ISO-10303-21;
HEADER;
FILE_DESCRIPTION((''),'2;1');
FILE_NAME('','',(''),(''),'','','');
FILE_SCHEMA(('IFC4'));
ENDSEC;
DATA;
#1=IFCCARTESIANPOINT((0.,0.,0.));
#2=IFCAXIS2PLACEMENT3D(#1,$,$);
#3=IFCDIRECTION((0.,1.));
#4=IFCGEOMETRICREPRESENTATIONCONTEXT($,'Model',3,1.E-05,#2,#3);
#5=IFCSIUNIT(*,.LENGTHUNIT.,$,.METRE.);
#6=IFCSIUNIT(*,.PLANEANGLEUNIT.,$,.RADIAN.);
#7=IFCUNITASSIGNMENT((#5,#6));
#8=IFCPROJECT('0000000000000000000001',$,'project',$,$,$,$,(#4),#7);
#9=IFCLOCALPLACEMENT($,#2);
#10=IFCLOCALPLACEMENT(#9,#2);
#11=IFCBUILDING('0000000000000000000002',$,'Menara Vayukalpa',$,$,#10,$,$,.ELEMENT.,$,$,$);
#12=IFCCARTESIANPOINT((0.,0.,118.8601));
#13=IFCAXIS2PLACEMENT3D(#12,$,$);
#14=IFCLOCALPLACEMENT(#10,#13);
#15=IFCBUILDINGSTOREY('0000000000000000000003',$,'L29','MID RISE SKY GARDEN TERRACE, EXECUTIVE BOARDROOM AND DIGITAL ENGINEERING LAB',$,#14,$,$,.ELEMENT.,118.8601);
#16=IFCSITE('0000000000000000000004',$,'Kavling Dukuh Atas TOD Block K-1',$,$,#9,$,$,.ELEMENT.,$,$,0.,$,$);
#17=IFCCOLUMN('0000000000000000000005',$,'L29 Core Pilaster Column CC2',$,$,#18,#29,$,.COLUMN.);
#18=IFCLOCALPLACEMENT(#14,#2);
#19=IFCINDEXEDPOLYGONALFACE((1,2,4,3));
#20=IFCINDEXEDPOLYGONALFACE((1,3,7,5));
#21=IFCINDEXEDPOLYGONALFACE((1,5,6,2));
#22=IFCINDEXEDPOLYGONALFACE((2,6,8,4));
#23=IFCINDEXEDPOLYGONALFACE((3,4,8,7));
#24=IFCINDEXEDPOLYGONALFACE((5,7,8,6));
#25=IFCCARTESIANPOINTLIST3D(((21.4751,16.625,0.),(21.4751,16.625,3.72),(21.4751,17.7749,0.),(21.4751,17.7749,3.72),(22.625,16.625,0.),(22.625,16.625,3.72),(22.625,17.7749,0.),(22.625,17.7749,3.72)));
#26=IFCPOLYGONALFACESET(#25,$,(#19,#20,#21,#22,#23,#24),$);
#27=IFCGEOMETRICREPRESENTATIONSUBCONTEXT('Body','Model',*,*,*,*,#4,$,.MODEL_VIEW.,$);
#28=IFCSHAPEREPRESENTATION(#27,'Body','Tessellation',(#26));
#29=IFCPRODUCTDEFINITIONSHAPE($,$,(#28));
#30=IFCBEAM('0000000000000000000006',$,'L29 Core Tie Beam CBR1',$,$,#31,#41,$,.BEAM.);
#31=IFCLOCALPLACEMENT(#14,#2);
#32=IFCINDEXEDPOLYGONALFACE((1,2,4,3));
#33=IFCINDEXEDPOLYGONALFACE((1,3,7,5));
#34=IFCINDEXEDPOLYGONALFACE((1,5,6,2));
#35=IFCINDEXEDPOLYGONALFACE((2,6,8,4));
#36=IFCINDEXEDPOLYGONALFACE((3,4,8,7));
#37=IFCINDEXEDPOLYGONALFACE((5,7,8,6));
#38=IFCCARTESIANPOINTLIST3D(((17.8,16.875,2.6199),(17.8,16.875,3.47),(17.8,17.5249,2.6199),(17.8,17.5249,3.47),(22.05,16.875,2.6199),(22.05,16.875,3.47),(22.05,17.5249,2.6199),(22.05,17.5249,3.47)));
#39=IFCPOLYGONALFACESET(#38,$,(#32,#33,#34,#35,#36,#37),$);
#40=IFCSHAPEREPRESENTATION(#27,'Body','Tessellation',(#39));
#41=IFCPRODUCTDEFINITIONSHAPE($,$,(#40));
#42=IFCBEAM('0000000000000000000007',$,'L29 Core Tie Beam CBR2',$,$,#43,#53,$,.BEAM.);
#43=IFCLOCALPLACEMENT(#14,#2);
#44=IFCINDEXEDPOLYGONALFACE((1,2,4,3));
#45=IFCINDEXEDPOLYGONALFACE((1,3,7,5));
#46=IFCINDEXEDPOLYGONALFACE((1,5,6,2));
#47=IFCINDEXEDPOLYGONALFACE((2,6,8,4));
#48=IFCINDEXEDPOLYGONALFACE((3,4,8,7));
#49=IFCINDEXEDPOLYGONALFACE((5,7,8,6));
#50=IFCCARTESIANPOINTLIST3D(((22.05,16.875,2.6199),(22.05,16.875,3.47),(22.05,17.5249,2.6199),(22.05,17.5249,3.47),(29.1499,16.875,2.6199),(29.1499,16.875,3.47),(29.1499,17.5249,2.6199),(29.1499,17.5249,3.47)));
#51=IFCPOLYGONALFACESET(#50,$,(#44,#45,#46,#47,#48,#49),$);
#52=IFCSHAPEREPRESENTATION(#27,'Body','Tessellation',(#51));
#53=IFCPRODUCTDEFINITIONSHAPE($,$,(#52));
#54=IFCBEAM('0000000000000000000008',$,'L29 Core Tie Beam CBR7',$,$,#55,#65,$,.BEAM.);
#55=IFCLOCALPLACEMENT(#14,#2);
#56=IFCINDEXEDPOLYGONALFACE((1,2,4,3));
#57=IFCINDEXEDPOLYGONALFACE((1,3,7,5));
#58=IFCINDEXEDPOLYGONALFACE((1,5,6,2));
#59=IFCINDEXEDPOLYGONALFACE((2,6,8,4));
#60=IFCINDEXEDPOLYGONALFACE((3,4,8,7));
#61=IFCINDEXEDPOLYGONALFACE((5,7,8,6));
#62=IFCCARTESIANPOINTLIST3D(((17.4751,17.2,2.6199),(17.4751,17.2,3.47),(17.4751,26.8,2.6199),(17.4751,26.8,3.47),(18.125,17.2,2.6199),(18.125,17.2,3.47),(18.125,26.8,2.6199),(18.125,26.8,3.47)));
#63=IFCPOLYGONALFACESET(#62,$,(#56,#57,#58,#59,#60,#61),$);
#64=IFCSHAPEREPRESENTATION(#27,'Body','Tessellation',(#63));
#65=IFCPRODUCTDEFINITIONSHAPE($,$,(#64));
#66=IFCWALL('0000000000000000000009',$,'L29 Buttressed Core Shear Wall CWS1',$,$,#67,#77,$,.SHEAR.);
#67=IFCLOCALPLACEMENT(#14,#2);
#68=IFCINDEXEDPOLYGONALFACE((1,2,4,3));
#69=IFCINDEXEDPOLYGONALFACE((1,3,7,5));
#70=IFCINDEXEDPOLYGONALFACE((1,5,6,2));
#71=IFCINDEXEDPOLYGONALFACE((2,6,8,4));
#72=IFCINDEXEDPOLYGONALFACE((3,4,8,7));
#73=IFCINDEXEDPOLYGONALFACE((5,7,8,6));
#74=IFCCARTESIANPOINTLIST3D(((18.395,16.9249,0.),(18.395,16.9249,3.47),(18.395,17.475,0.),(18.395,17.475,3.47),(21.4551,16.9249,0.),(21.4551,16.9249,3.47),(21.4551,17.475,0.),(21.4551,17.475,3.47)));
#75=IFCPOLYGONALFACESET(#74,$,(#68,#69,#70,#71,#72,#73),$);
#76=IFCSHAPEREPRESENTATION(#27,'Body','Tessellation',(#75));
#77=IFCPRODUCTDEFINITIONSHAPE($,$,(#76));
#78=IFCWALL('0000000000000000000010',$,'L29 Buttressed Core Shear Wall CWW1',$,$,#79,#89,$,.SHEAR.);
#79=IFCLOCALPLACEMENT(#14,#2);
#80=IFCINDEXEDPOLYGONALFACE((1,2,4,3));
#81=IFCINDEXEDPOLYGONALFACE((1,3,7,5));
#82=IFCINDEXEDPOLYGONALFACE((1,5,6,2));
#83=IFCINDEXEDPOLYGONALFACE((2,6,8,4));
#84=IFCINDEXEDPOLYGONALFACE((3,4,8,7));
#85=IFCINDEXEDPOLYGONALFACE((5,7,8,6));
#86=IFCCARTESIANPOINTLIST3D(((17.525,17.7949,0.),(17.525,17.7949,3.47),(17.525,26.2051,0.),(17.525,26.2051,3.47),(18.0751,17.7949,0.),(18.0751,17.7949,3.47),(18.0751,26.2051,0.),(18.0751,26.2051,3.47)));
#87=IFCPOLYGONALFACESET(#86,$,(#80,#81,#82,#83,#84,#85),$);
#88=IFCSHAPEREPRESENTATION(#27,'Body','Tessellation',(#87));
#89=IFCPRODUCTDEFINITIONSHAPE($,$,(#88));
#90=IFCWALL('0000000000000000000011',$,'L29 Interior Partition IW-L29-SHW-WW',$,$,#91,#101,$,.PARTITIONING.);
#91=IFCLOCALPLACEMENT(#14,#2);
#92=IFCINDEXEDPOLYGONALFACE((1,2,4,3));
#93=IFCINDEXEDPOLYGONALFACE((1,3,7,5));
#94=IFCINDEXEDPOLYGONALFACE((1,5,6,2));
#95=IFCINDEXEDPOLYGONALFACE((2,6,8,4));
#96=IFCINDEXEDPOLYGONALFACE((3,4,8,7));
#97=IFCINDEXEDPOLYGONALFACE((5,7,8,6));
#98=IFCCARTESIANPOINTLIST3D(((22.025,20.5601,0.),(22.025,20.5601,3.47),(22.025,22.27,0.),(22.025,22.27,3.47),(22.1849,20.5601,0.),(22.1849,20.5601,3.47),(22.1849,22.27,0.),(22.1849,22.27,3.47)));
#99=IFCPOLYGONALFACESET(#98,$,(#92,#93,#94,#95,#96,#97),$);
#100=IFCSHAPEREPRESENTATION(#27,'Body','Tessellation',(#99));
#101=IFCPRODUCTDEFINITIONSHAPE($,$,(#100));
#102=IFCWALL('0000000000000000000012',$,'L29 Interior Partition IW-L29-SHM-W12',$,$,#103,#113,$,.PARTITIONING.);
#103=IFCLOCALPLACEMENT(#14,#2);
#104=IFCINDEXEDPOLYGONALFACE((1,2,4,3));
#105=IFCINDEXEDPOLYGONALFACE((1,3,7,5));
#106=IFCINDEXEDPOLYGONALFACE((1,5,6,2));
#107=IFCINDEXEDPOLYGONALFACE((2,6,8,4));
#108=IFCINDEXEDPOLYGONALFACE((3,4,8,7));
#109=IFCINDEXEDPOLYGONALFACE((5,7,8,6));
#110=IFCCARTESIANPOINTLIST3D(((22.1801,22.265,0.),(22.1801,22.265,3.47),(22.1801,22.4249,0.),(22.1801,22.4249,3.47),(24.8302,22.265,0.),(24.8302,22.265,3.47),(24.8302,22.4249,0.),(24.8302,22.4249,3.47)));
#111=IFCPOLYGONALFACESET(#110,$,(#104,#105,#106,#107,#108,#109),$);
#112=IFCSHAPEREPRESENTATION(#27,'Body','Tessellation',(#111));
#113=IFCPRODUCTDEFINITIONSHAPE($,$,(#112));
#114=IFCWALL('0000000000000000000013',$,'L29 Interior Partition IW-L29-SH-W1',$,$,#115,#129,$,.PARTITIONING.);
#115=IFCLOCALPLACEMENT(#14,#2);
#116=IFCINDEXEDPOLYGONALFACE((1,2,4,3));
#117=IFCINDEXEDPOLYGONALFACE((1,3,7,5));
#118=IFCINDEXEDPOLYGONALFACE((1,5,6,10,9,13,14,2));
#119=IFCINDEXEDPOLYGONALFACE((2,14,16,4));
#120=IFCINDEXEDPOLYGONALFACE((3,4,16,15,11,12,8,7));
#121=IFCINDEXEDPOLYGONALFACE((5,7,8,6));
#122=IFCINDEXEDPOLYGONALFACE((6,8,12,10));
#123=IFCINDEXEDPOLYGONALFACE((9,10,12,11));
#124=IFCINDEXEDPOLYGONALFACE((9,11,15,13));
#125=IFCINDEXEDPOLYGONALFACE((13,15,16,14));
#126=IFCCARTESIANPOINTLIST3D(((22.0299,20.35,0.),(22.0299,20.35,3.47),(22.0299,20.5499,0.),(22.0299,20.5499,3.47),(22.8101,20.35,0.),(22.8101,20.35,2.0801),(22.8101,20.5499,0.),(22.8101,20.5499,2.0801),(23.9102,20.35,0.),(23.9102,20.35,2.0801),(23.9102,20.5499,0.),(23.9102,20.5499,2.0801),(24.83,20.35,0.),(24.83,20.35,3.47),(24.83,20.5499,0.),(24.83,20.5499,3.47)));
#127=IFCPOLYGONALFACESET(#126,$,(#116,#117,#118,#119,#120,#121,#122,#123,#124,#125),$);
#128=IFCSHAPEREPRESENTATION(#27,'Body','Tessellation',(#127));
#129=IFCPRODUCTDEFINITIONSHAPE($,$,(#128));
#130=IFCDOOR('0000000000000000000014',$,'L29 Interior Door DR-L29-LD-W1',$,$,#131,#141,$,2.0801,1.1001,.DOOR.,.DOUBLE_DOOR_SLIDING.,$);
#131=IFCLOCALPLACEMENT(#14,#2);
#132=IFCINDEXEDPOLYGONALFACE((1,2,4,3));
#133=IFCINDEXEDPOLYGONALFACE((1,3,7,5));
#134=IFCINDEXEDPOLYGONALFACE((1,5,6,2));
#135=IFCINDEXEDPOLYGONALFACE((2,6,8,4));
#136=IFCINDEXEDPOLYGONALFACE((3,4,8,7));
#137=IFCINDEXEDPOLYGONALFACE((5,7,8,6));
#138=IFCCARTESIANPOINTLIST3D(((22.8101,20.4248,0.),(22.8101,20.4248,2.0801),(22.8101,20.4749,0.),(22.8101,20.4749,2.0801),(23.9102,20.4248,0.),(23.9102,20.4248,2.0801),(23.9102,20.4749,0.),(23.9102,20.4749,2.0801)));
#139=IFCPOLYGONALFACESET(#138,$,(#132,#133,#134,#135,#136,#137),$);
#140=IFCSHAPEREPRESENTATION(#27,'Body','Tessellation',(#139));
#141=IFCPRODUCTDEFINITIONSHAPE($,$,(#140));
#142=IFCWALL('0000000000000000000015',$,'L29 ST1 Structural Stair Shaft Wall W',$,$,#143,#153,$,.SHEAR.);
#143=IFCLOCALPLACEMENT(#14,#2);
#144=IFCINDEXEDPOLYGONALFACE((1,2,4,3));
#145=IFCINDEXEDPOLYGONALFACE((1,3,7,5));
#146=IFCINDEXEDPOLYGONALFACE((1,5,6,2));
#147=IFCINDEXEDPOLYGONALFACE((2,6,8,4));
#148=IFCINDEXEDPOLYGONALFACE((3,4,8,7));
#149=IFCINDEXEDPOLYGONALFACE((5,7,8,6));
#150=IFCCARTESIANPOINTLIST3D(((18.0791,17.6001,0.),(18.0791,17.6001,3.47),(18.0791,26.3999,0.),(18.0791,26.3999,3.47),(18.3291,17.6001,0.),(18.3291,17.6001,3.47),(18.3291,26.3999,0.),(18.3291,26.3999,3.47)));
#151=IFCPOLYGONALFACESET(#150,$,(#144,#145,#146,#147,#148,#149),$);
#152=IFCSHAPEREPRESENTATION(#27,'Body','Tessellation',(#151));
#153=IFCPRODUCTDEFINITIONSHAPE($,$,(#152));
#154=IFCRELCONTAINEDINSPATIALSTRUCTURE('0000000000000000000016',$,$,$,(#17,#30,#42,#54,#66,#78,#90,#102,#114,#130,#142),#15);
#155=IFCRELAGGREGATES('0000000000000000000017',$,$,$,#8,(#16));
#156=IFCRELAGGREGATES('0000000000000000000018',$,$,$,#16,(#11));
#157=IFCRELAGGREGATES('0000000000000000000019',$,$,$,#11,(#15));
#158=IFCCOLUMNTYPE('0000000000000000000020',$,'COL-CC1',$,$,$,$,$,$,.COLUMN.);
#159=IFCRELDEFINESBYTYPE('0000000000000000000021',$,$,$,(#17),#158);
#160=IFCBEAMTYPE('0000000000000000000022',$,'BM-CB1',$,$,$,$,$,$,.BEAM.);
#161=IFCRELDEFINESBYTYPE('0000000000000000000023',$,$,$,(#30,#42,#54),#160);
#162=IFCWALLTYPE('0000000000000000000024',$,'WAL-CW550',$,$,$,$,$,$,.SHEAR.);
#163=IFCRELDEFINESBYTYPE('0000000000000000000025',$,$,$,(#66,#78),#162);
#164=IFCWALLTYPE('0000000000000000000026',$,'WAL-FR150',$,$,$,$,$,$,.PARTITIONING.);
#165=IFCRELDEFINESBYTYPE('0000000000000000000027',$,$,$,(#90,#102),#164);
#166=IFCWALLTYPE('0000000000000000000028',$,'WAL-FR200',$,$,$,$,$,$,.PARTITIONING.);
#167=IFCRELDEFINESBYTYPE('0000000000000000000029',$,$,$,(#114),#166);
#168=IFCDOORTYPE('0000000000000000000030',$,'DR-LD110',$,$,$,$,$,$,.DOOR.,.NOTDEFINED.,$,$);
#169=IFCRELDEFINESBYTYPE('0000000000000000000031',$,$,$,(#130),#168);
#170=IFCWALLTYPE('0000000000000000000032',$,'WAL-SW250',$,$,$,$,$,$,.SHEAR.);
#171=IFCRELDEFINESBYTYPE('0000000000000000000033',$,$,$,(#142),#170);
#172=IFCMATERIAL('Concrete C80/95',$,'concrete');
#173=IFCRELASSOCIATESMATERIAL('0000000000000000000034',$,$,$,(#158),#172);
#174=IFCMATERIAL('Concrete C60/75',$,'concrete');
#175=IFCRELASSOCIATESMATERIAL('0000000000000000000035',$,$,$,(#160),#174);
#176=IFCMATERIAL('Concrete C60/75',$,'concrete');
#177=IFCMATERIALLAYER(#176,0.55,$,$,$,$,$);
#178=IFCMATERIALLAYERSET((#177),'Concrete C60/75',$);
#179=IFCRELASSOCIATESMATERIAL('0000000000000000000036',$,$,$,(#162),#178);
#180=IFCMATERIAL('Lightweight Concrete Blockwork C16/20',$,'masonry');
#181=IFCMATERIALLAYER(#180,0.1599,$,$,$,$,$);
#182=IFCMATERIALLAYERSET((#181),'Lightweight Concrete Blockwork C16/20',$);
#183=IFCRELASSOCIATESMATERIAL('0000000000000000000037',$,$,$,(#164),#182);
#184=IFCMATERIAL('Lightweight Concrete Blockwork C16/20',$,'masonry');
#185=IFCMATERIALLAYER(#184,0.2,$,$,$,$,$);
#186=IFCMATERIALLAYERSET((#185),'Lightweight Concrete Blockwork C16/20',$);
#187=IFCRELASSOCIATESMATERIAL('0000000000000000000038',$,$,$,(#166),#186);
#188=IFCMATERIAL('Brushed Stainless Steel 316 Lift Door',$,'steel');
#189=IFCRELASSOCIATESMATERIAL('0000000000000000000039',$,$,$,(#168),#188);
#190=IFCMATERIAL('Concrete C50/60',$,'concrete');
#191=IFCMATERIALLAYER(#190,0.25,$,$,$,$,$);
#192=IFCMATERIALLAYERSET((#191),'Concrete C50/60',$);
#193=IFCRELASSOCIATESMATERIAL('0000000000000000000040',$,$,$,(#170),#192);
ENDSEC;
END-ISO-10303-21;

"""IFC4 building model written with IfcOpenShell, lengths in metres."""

from ifc_helpers import new_model, si_unit, direction, frame, frame_2d, origin, origin_2d, place, context, subcontext, project, spatial, rectangle, extrude, material, layer, layer_set, material_profile, profile_set, type_object, element, fill, save


model = new_model("IFC4")

# Units and contexts
model_context = context("Model", 3, precision=1e-05, world=origin(), true_north=direction((0.0, 1.0)))
body_context = subcontext(model_context, "Body", "Model", "MODEL_VIEW")
ifc_project = project(units=[si_unit("LENGTHUNIT", "METRE"), si_unit("PLANEANGLEUNIT", "RADIAN")], contexts=[model_context])

# Site, building, storey
site_placement = place(None, origin())
site = spatial("IfcSite", under=ifc_project, at=site_placement, Name="Kavling Dukuh Atas TOD Block K-1", CompositionType="ELEMENT", RefElevation=0.0)
building_placement = place(site_placement, origin())
building = spatial("IfcBuilding", under=site, at=building_placement, Name="Menara Vayukalpa", CompositionType="ELEMENT")
storey_placement = place(building_placement, frame((0.0, 0.0, 118.8601)))
storey = spatial("IfcBuildingStorey", under=building, at=storey_placement, Name="L29", Description="MID RISE SKY GARDEN TERRACE, EXECUTIVE BOARDROOM AND DIGITAL ENGINEERING LAB", CompositionType="ELEMENT", Elevation=118.8601)

# Column
ifc_material_1 = material(Name="Concrete C80/95", Category="concrete")
ifc_material_profile_1 = material_profile(ifc_material_1, rectangle(XDim=1.1499, YDim=1.1499, at=origin_2d()), Name="RC 1150x1150")
ifc_profile_set_1 = profile_set([ifc_material_profile_1], Name="Concrete C80/95")
column_type = type_object("IfcColumnType", Name="COL-CC1", PredefinedType="COLUMN", material=ifc_profile_set_1)
column_placement = place(storey_placement, frame((22.05, 17.2, 0.0), z_axis=(0.0, 0.0, 1.0), x_axis=(1.0, 0.0, 0.0)))
element("IfcColumn", 1, at=column_placement, inside=storey, type_object=column_type, Name="L29 Core Pilaster Column CC2", PredefinedType="COLUMN", context=body_context, shape_type="SweptSolid", body=[
    extrude(rectangle(XDim=1.1499, YDim=1.1499, at=origin_2d()), origin(), (0.0, 0.0, 1.0), 3.72),
])

# Beams
ifc_material_2 = material(Name="Concrete C60/75", Category="concrete")
ifc_material_profile_2 = material_profile(ifc_material_2, rectangle(XDim=0.6499, YDim=0.8501, at=origin_2d()), Name="RC 650x850")
ifc_profile_set_2 = profile_set([ifc_material_profile_2], Name="Concrete C60/75")
beam_type = type_object("IfcBeamType", Name="BM-CB1", PredefinedType="BEAM", material=ifc_profile_set_2)
beam_1_placement = place(storey_placement, frame((17.8, 17.2, 3.0449), z_axis=(1.0, 0.0, 0.0), x_axis=(0.0, 1.0, 0.0)))
element("IfcBeam", 2, at=beam_1_placement, inside=storey, type_object=beam_type, Name="L29 Core Tie Beam CBR1", PredefinedType="BEAM", context=body_context, shape_type="SweptSolid", body=[
    extrude(rectangle(XDim=0.6499, YDim=0.8501, at=origin_2d()), origin(), (0.0, 0.0, 1.0), 4.25),
])
beam_2_placement = place(storey_placement, frame((22.05, 17.2, 3.0449), z_axis=(1.0, 0.0, 0.0), x_axis=(0.0, 1.0, 0.0)))
element("IfcBeam", 3, at=beam_2_placement, inside=storey, type_object=beam_type, Name="L29 Core Tie Beam CBR2", PredefinedType="BEAM", context=body_context, shape_type="SweptSolid", body=[
    extrude(rectangle(XDim=0.6499, YDim=0.8501, at=origin_2d()), origin(), (0.0, 0.0, 1.0), 7.0999),
])
beam_3_placement = place(storey_placement, frame((17.8, 17.2, 3.0449), z_axis=(0.0, 1.0, 0.0), x_axis=(-1.0, 0.0, 0.0)))
element("IfcBeam", 4, at=beam_3_placement, inside=storey, type_object=beam_type, Name="L29 Core Tie Beam CBR7", PredefinedType="BEAM", context=body_context, shape_type="SweptSolid", body=[
    extrude(rectangle(XDim=0.6499, YDim=0.8501, at=origin_2d()), origin(), (0.0, 0.0, 1.0), 9.6001),
])

# Walls
ifc_material_3 = material(Name="Concrete C60/75", Category="concrete")
ifc_layer_1 = layer(ifc_material_3, 0.55)
ifc_layer_set_1 = layer_set([ifc_layer_1], Name="Concrete C60/75")
wall_type_1 = type_object("IfcWallType", Name="WAL-CW550", PredefinedType="SHEAR", material=ifc_layer_set_1)
wall_1_placement = place(storey_placement, frame((18.395, 17.2, 0.0), z_axis=(0.0, 0.0, 1.0), x_axis=(1.0, 0.0, 0.0)))
element("IfcWall", 5, at=wall_1_placement, inside=storey, type_object=wall_type_1, Name="L29 Buttressed Core Shear Wall CWS1", PredefinedType="SHEAR", context=body_context, shape_type="SweptSolid", body=[
    extrude(rectangle(XDim=3.0601, YDim=0.55, at=frame_2d((1.53, 0.0))), origin(), (0.0, 0.0, 1.0), 3.47),
])
wall_2_placement = place(storey_placement, frame((17.8, 17.7949, 0.0), z_axis=(0.0, 0.0, 1.0), x_axis=(0.0, 1.0, 0.0)))
element("IfcWall", 6, at=wall_2_placement, inside=storey, type_object=wall_type_1, Name="L29 Buttressed Core Shear Wall CWW1", PredefinedType="SHEAR", context=body_context, shape_type="SweptSolid", body=[
    extrude(rectangle(XDim=8.4102, YDim=0.55, at=frame_2d((4.2051, 0.0))), origin(), (0.0, 0.0, 1.0), 3.47),
])
ifc_material_4 = material(Name="Lightweight Concrete Blockwork C16/20", Category="masonry")
ifc_layer_2 = layer(ifc_material_4, 0.1599)
ifc_layer_set_2 = layer_set([ifc_layer_2], Name="Lightweight Concrete Blockwork C16/20")
wall_type_2 = type_object("IfcWallType", Name="WAL-FR150", PredefinedType="PARTITIONING", material=ifc_layer_set_2)
wall_3_placement = place(storey_placement, frame((22.105, 20.5601, 0.0), z_axis=(0.0, 0.0, 1.0), x_axis=(0.0, 1.0, 0.0)))
element("IfcWall", 7, at=wall_3_placement, inside=storey, type_object=wall_type_2, Name="L29 Interior Partition IW-L29-SHW-WW", PredefinedType="PARTITIONING", context=body_context, shape_type="SweptSolid", body=[
    extrude(rectangle(XDim=1.71, YDim=0.1599, at=frame_2d((0.855, 0.0))), origin(), (0.0, 0.0, 1.0), 3.47),
])
wall_4_placement = place(storey_placement, frame((22.1799, 22.345, 0.0), z_axis=(0.0, 0.0, 1.0), x_axis=(1.0, 0.0, 0.0)))
element("IfcWall", 8, at=wall_4_placement, inside=storey, type_object=wall_type_2, Name="L29 Interior Partition IW-L29-SHM-W12", PredefinedType="PARTITIONING", context=body_context, shape_type="SweptSolid", body=[
    extrude(rectangle(XDim=2.6501, YDim=0.1599, at=frame_2d((1.3252, 0.0))), origin(), (0.0, 0.0, 1.0), 3.47),
])

# Wall, opening, door
ifc_material_5 = material(Name="Lightweight Concrete Blockwork C16/20", Category="masonry")
ifc_layer_3 = layer(ifc_material_5, 0.2)
ifc_layer_set_3 = layer_set([ifc_layer_3], Name="Lightweight Concrete Blockwork C16/20")
wall_type_3 = type_object("IfcWallType", Name="WAL-FR200", PredefinedType="PARTITIONING", material=ifc_layer_set_3)
wall_5_placement = place(storey_placement, frame((22.03, 20.45, 0.0), z_axis=(0.0, 0.0, 1.0), x_axis=(1.0, 0.0, 0.0)))
wall_5 = element("IfcWall", 9, at=wall_5_placement, inside=storey, type_object=wall_type_3, Name="L29 Interior Partition IW-L29-SH-W1", PredefinedType="PARTITIONING", context=body_context, shape_type="SweptSolid", body=[
    extrude(rectangle(XDim=2.8, YDim=0.2, at=frame_2d((1.3999, 0.0))), origin(), (0.0, 0.0, 1.0), 3.47),
])
opening_1_placement = place(wall_5_placement, frame((0.78, 0.0, 0.0)))
opening_1 = element("IfcOpeningElement", 10, at=opening_1_placement, cuts=wall_5, PredefinedType="OPENING", context=body_context, shape_type="SweptSolid", body=[
    extrude(rectangle(XDim=1.1001, YDim=2.0801, at=frame_2d((0.55, 1.04))), frame((0.0, 0.1099, 0.0), z_axis=(0.0, -1.0, 0.0), x_axis=(1.0, 0.0, 0.0)), (0.0, 0.0, 1.0), 0.22),
])
ifc_material_6 = material(Name="Brushed Stainless Steel 316 Lift Door", Category="steel")
door_type_1 = type_object("IfcDoorType", Name="DR-LD110", OperationType="NOTDEFINED", PredefinedType="DOOR", material=ifc_material_6)
door_1_placement = place(opening_1_placement, origin())
door_1 = element("IfcDoor", 11, at=door_1_placement, inside=storey, type_object=door_type_1, Name="L29 Interior Door DR-L29-LD-W1", OperationType="DOUBLE_DOOR_SLIDING", OverallHeight=2.0801, OverallWidth=1.1001, PredefinedType="DOOR", context=body_context, shape_type="SweptSolid", body=[
    extrude(rectangle(XDim=1.1001, YDim=2.0801, at=frame_2d((0.55, 1.04))), frame((0.0, 0.0249, 0.0), z_axis=(0.0, -1.0, 0.0), x_axis=(1.0, 0.0, 0.0)), (0.0, 0.0, 1.0), 0.05),
])
fill(opening_1, door_1)

# Wall
ifc_material_7 = material(Name="Concrete C50/60", Category="concrete")
ifc_layer_4 = layer(ifc_material_7, 0.25)
ifc_layer_set_4 = layer_set([ifc_layer_4], Name="Concrete C50/60")
wall_type_4 = type_object("IfcWallType", Name="WAL-SW250", PredefinedType="SHEAR", material=ifc_layer_set_4)
wall_6_placement = place(storey_placement, frame((18.2041, 17.6001, 0.0), z_axis=(0.0, 0.0, 1.0), x_axis=(0.0, 1.0, 0.0)))
element("IfcWall", 12, at=wall_6_placement, inside=storey, type_object=wall_type_4, Name="L29 ST1 Structural Stair Shaft Wall W", PredefinedType="SHEAR", context=body_context, shape_type="SweptSolid", body=[
    extrude(rectangle(XDim=8.7998, YDim=0.25, at=frame_2d((4.3999, 0.0))), origin(), (0.0, 0.0, 1.0), 3.47),
])

save(model, "model.ifc")
